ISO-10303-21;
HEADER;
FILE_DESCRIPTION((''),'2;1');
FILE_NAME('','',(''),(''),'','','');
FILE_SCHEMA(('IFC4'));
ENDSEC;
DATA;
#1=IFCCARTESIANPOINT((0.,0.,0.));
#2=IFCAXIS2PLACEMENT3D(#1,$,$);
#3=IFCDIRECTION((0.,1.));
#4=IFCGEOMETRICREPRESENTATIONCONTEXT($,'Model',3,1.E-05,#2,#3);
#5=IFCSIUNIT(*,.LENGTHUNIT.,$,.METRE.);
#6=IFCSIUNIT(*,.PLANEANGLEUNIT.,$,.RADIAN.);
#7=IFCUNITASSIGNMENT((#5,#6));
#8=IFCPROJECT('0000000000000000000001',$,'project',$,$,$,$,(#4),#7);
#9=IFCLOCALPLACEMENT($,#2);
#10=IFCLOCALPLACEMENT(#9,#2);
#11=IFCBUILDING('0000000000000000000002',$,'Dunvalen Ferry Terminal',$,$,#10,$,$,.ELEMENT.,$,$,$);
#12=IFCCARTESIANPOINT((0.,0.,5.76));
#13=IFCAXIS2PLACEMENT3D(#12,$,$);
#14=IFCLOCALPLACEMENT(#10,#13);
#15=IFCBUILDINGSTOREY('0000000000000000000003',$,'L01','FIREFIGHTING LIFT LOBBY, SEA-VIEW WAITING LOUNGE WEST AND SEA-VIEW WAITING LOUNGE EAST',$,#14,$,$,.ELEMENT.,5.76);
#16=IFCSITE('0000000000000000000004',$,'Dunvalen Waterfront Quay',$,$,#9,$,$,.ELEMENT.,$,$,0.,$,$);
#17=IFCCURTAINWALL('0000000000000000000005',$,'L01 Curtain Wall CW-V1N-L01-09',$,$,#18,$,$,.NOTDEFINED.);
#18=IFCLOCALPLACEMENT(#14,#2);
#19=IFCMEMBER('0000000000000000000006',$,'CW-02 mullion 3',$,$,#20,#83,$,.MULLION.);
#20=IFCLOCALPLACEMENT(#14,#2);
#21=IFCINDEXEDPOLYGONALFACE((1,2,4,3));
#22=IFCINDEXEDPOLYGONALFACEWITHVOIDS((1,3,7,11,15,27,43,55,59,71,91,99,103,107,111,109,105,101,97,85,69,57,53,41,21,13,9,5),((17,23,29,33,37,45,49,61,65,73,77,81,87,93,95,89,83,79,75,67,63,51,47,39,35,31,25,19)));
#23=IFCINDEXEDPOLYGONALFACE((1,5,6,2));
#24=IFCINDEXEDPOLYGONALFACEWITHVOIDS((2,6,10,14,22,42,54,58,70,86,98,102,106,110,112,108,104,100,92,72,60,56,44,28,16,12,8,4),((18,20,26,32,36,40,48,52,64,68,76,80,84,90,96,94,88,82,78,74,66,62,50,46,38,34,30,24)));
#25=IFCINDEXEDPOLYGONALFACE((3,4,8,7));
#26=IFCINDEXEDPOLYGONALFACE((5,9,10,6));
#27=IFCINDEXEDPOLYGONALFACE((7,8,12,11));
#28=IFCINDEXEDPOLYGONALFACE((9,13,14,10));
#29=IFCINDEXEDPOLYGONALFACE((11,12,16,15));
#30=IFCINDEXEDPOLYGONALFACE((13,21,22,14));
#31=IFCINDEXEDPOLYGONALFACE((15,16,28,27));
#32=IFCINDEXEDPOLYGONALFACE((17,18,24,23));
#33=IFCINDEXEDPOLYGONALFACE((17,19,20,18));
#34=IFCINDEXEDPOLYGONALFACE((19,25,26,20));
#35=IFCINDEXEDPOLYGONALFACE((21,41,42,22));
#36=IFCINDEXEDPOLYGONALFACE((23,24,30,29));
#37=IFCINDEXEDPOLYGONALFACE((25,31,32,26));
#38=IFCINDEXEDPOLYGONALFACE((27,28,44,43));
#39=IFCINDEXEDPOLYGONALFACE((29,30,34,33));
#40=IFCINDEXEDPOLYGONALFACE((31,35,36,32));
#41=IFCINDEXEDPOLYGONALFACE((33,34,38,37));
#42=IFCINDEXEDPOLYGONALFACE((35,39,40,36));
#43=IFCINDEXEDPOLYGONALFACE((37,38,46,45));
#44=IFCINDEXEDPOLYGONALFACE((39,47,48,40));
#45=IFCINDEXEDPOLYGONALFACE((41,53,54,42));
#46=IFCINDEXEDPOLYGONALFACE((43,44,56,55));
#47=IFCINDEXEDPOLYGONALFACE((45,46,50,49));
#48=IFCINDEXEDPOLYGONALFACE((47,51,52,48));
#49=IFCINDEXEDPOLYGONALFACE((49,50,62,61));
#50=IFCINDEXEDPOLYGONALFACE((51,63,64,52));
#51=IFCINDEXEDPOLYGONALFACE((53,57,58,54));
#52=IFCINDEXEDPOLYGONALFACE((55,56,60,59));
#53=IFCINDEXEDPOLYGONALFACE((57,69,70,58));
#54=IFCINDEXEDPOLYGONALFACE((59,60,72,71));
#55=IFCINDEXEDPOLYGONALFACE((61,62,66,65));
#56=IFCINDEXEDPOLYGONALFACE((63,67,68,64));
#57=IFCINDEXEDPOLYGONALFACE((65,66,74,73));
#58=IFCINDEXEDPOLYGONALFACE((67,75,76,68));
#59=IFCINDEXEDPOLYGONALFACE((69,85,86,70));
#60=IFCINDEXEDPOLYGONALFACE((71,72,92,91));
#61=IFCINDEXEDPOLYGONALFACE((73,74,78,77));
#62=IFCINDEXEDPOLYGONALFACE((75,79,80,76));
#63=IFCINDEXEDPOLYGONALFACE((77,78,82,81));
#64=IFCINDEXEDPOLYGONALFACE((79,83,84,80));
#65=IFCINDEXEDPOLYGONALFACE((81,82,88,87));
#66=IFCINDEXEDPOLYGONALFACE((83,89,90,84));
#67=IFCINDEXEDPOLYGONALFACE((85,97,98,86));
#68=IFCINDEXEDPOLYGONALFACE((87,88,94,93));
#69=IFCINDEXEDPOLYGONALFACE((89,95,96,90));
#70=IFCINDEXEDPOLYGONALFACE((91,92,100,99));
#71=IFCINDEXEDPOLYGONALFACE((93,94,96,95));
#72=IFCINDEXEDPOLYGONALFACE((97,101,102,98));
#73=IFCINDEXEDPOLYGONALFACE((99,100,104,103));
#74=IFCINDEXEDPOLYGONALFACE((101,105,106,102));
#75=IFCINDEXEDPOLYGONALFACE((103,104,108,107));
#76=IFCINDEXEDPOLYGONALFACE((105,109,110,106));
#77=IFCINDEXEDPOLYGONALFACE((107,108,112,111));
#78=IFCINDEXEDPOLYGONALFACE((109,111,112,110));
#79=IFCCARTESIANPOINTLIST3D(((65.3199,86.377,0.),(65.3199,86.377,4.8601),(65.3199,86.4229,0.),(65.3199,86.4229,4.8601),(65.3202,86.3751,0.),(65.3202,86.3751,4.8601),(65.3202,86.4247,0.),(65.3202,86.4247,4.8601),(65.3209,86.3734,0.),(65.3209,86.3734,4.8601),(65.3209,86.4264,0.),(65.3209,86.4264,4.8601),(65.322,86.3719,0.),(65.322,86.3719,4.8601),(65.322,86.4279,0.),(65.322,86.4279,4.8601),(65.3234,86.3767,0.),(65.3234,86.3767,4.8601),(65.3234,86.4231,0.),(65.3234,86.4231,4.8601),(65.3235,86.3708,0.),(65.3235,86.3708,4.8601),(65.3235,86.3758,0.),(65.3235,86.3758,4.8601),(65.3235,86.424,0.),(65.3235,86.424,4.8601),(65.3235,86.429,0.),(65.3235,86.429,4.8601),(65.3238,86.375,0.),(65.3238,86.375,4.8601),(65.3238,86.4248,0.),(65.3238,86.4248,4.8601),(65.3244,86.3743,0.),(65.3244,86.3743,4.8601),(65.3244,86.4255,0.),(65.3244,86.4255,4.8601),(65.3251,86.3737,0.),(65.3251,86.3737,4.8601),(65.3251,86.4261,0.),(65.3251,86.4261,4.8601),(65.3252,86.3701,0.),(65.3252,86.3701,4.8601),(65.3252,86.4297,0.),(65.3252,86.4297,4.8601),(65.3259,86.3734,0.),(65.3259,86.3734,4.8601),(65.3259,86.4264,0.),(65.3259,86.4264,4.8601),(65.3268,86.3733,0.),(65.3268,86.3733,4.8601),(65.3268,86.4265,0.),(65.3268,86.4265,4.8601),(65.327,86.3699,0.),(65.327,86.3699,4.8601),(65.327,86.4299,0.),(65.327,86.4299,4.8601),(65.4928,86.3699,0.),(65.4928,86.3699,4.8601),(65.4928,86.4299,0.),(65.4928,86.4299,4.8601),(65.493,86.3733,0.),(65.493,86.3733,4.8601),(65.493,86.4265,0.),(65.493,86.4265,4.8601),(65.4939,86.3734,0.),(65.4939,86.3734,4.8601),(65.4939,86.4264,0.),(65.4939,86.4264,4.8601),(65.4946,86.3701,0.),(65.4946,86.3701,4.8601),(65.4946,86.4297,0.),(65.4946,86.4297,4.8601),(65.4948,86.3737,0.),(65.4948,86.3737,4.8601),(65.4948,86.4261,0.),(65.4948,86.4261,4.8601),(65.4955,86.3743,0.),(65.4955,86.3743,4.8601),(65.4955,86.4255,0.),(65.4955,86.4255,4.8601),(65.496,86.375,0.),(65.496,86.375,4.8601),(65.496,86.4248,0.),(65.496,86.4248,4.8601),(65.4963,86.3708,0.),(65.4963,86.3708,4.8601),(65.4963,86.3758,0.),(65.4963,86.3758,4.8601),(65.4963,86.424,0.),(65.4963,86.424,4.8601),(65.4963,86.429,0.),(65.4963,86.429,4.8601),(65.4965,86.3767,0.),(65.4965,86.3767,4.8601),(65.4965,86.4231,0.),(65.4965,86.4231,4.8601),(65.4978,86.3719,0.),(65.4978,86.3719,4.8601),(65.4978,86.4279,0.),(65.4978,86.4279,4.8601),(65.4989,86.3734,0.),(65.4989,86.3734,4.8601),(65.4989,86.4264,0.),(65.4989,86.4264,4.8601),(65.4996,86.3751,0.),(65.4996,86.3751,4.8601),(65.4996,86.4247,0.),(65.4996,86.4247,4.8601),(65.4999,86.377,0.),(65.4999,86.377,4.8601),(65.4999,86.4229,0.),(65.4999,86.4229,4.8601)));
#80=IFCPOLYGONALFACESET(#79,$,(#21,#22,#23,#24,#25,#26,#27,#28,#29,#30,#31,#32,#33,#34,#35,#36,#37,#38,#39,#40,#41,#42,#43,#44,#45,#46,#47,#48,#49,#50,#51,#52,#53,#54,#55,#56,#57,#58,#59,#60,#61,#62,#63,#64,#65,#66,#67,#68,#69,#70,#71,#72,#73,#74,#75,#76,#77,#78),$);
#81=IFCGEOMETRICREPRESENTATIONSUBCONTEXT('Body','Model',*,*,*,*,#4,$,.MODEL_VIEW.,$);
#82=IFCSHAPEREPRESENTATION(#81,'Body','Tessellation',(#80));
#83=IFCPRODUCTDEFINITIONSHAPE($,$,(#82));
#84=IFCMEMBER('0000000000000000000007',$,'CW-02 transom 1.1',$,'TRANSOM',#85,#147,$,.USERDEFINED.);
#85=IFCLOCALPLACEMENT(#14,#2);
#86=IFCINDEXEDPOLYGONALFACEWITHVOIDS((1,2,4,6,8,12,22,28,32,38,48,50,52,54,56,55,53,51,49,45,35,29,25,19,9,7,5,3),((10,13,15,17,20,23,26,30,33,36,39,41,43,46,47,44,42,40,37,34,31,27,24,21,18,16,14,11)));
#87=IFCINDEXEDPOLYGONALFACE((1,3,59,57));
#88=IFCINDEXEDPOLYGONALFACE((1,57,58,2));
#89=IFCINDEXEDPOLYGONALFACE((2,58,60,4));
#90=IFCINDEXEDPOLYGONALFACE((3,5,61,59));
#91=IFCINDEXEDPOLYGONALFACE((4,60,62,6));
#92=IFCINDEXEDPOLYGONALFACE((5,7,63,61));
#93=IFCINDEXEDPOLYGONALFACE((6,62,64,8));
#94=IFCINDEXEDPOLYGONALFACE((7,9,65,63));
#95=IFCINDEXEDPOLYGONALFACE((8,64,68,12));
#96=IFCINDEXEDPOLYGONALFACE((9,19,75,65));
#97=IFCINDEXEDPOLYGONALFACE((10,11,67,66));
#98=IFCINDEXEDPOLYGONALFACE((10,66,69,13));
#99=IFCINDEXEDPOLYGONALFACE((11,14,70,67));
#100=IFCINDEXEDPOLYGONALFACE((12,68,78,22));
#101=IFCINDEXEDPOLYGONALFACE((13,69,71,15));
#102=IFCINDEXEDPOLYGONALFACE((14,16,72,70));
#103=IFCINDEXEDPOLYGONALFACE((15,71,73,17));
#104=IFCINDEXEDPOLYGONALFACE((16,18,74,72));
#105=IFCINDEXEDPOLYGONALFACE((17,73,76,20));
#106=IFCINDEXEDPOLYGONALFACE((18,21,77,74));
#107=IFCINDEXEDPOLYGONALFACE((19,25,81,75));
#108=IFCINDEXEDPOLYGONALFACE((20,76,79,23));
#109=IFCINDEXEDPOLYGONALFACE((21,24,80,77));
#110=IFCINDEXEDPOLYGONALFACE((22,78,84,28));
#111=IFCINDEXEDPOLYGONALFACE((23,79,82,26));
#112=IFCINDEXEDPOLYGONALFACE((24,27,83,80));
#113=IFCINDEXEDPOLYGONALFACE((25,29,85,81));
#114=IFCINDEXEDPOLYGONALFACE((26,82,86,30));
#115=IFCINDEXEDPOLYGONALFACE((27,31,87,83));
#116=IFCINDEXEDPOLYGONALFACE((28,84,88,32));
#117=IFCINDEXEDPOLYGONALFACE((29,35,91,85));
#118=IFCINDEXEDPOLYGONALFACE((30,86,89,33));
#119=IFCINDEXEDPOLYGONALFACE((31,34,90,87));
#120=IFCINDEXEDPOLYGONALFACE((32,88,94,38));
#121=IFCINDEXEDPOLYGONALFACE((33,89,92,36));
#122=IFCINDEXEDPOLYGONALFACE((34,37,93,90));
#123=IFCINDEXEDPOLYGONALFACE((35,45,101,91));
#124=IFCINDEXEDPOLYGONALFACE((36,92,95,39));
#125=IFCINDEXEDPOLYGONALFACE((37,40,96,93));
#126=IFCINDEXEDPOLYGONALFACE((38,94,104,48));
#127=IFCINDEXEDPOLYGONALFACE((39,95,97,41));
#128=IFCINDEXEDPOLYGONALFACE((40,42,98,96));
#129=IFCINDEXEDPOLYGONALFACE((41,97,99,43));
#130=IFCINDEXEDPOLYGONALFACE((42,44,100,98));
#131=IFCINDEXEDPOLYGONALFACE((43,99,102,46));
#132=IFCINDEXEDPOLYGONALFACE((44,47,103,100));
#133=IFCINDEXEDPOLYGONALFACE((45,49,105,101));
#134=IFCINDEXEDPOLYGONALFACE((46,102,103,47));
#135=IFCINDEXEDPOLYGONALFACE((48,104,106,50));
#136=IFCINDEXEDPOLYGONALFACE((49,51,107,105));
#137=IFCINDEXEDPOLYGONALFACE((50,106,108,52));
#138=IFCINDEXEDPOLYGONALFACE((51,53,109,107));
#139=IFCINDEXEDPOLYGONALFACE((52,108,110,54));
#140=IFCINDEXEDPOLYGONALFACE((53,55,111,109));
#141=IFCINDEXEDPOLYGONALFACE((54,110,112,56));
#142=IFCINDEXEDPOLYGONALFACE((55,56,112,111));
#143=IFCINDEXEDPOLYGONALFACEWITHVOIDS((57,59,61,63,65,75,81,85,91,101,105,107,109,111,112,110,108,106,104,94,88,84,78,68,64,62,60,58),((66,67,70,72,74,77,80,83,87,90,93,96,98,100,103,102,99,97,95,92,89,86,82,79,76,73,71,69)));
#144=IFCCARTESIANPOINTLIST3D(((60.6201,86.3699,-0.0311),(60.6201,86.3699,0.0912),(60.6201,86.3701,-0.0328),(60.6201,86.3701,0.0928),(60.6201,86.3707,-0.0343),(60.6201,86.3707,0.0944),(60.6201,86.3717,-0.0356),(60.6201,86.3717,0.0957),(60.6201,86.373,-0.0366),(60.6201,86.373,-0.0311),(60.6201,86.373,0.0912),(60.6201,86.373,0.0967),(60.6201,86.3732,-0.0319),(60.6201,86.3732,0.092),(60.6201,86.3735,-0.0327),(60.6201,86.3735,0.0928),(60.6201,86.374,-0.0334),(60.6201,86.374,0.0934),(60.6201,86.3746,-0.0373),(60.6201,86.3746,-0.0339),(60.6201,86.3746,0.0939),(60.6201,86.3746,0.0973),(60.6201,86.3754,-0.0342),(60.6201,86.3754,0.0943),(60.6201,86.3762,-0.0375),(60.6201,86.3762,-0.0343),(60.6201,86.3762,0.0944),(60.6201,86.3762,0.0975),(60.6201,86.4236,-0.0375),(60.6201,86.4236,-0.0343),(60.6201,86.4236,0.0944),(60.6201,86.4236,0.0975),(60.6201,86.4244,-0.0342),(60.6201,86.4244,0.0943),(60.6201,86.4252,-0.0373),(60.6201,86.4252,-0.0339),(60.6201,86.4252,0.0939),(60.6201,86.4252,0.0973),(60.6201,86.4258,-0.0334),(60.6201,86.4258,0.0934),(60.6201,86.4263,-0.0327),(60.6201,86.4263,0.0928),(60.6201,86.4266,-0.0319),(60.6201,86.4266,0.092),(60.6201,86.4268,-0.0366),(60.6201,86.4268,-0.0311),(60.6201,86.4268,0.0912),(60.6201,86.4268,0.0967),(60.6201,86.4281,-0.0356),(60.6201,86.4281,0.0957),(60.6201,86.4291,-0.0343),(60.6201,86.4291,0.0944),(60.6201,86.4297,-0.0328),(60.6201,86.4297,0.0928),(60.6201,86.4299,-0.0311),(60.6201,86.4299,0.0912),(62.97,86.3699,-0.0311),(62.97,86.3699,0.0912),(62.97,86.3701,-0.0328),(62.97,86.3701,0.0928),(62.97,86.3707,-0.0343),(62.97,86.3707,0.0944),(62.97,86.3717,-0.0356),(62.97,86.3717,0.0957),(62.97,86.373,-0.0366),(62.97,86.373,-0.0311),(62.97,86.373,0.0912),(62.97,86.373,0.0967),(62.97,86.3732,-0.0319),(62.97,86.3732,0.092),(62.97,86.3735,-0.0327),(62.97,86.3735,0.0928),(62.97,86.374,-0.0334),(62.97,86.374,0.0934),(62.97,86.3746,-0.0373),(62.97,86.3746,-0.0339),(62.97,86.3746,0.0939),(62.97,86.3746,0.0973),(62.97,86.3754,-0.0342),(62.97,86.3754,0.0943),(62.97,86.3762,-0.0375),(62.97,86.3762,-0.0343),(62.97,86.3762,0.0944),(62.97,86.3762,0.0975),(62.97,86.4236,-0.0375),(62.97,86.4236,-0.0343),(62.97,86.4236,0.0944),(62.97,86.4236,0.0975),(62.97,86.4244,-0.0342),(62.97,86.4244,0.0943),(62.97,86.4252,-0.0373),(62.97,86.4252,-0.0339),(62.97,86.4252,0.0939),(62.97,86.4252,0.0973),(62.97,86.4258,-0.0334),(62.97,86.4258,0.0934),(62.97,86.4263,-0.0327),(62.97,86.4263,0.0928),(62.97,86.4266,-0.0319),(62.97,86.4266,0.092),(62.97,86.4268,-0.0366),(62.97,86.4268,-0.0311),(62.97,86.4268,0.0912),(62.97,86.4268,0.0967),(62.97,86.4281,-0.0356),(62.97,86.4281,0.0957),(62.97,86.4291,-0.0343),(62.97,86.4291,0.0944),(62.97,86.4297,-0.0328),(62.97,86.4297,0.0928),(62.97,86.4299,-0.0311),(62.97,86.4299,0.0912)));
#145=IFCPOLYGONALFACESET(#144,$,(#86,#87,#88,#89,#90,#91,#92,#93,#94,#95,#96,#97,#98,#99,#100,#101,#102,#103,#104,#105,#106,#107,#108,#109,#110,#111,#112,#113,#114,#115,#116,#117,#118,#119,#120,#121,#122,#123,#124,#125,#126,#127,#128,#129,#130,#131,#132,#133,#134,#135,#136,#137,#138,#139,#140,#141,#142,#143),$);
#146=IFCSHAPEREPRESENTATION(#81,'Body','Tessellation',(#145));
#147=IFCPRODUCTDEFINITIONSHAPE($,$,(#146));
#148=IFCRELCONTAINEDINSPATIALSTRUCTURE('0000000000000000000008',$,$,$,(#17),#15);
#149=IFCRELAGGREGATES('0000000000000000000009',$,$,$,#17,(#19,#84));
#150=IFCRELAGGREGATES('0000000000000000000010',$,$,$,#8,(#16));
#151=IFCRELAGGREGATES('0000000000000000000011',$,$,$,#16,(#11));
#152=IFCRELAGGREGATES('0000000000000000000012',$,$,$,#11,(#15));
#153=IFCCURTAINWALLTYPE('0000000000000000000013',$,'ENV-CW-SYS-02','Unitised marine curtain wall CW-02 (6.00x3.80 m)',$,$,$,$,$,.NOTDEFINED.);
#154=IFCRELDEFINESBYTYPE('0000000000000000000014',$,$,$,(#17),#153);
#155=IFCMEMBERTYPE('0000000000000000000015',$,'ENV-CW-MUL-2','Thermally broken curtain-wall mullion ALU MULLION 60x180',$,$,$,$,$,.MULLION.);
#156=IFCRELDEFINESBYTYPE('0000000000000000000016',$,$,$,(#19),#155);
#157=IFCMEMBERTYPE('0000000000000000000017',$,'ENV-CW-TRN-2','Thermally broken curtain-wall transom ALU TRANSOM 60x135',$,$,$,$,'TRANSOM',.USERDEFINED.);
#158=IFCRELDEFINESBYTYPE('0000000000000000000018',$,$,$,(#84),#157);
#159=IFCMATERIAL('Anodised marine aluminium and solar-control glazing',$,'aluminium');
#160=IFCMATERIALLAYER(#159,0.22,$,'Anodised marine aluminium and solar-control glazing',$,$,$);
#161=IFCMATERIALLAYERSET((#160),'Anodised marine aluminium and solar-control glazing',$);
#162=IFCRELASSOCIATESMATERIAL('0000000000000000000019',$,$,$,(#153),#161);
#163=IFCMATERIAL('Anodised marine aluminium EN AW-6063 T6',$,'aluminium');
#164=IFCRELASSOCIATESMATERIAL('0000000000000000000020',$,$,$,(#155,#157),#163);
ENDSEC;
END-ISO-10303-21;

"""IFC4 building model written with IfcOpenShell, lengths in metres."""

from ifc_helpers import new_model, si_unit, direction, frame, origin, origin_2d, place, context, subcontext, project, spatial, hollow_rectangle, extrude, material, layer, layer_set, material_profile, profile_set, type_object, element, aggregate, save


model = new_model("IFC4")

# Units and contexts
model_context = context("Model", 3, precision=1e-05, world=origin(), true_north=direction((0.0, 1.0)))
body_context = subcontext(model_context, "Body", "Model", "MODEL_VIEW")
ifc_project = project(units=[si_unit("LENGTHUNIT", "METRE"), si_unit("PLANEANGLEUNIT", "RADIAN")], contexts=[model_context])

# Site, building, storey
site_placement = place(None, origin())
site = spatial("IfcSite", under=ifc_project, at=site_placement, Name="Dunvalen Waterfront Quay", CompositionType="ELEMENT", RefElevation=0.0)
building_placement = place(site_placement, origin())
building = spatial("IfcBuilding", under=site, at=building_placement, Name="Dunvalen Ferry Terminal", CompositionType="ELEMENT")
storey_placement = place(building_placement, frame((0.0, 0.0, 5.76)))
storey = spatial("IfcBuildingStorey", under=building, at=storey_placement, Name="L01", Description="FIREFIGHTING LIFT LOBBY, SEA-VIEW WAITING LOUNGE WEST AND SEA-VIEW WAITING LOUNGE EAST", CompositionType="ELEMENT", Elevation=5.76)

# Curtain wall, members
ifc_material_1 = material(Name="Anodised marine aluminium and solar-control glazing", Category="aluminium")
ifc_layer_1 = layer(ifc_material_1, 0.22, Name="Anodised marine aluminium and solar-control glazing")
ifc_layer_set_1 = layer_set([ifc_layer_1], Name="Anodised marine aluminium and solar-control glazing")
curtain_wall_type = type_object("IfcCurtainWallType", Name="ENV-CW-SYS-02", Description="Unitised marine curtain wall CW-02 (6.00x3.80 m)", PredefinedType="NOTDEFINED", material=ifc_layer_set_1)
curtain_wall_placement = place(storey_placement, origin())
curtain_wall = element("IfcCurtainWall", 1, at=curtain_wall_placement, inside=storey, type_object=curtain_wall_type, Name="L01 Curtain Wall CW-V1N-L01-09", PredefinedType="NOTDEFINED")
ifc_material_2 = material(Name="Anodised marine aluminium EN AW-6063 T6", Category="aluminium")
ifc_material_profile_1 = material_profile(ifc_material_2, hollow_rectangle(XDim=0.0601, YDim=0.1799, WallThickness=0.0034, InnerFilletRadius=0.0034, OuterFilletRadius=0.0071, at=origin_2d()), Name="Anodised marine aluminium EN AW-6063 T6")
ifc_profile_set_1 = profile_set([ifc_material_profile_1], Name="Anodised marine aluminium EN AW-6063 T6")
member_type_1 = type_object("IfcMemberType", Name="ENV-CW-MUL-2", Description="Thermally broken curtain-wall mullion ALU MULLION 60x180", PredefinedType="MULLION", material=ifc_profile_set_1)
member_1_placement = place(storey_placement, frame((65.4099, 86.3999, 0.0), z_axis=(0.0, 0.0, 1.0), x_axis=(0.0, 1.0, 0.0)))
member_1 = element("IfcMember", 2, at=member_1_placement, type_object=member_type_1, Name="CW-02 mullion 3", PredefinedType="MULLION", context=body_context, shape_type="SweptSolid", body=[
    extrude(hollow_rectangle(XDim=0.0601, YDim=0.1799, WallThickness=0.0034, InnerFilletRadius=0.0034, OuterFilletRadius=0.0071, at=origin_2d()), origin(), (0.0, 0.0, 1.0), 4.8601),
])
ifc_material_profile_2 = material_profile(ifc_material_2, hollow_rectangle(XDim=0.0601, YDim=0.135, WallThickness=0.0032, InnerFilletRadius=0.0032, OuterFilletRadius=0.0063, at=origin_2d()), Name="Anodised marine aluminium EN AW-6063 T6")
ifc_profile_set_2 = profile_set([ifc_material_profile_2], Name="Anodised marine aluminium EN AW-6063 T6")
member_type_2 = type_object("IfcMemberType", Name="ENV-CW-TRN-2", Description="Thermally broken curtain-wall transom ALU TRANSOM 60x135", ElementType="TRANSOM", PredefinedType="USERDEFINED", material=ifc_profile_set_2)
member_2_placement = place(storey_placement, frame((60.6201, 86.3999, 0.03), z_axis=(1.0, 0.0, 0.0), x_axis=(0.0, 1.0, 0.0)))
member_2 = element("IfcMember", 3, at=member_2_placement, type_object=member_type_2, Name="CW-02 transom 1.1", ObjectType="TRANSOM", PredefinedType="USERDEFINED", context=body_context, shape_type="SweptSolid", body=[
    extrude(hollow_rectangle(XDim=0.0601, YDim=0.135, WallThickness=0.0032, InnerFilletRadius=0.0032, OuterFilletRadius=0.0063, at=origin_2d()), origin(), (0.0, 0.0, 1.0), 2.3499),
])

aggregate(curtain_wall, [member_1, member_2])

save(model, "model.ifc")
